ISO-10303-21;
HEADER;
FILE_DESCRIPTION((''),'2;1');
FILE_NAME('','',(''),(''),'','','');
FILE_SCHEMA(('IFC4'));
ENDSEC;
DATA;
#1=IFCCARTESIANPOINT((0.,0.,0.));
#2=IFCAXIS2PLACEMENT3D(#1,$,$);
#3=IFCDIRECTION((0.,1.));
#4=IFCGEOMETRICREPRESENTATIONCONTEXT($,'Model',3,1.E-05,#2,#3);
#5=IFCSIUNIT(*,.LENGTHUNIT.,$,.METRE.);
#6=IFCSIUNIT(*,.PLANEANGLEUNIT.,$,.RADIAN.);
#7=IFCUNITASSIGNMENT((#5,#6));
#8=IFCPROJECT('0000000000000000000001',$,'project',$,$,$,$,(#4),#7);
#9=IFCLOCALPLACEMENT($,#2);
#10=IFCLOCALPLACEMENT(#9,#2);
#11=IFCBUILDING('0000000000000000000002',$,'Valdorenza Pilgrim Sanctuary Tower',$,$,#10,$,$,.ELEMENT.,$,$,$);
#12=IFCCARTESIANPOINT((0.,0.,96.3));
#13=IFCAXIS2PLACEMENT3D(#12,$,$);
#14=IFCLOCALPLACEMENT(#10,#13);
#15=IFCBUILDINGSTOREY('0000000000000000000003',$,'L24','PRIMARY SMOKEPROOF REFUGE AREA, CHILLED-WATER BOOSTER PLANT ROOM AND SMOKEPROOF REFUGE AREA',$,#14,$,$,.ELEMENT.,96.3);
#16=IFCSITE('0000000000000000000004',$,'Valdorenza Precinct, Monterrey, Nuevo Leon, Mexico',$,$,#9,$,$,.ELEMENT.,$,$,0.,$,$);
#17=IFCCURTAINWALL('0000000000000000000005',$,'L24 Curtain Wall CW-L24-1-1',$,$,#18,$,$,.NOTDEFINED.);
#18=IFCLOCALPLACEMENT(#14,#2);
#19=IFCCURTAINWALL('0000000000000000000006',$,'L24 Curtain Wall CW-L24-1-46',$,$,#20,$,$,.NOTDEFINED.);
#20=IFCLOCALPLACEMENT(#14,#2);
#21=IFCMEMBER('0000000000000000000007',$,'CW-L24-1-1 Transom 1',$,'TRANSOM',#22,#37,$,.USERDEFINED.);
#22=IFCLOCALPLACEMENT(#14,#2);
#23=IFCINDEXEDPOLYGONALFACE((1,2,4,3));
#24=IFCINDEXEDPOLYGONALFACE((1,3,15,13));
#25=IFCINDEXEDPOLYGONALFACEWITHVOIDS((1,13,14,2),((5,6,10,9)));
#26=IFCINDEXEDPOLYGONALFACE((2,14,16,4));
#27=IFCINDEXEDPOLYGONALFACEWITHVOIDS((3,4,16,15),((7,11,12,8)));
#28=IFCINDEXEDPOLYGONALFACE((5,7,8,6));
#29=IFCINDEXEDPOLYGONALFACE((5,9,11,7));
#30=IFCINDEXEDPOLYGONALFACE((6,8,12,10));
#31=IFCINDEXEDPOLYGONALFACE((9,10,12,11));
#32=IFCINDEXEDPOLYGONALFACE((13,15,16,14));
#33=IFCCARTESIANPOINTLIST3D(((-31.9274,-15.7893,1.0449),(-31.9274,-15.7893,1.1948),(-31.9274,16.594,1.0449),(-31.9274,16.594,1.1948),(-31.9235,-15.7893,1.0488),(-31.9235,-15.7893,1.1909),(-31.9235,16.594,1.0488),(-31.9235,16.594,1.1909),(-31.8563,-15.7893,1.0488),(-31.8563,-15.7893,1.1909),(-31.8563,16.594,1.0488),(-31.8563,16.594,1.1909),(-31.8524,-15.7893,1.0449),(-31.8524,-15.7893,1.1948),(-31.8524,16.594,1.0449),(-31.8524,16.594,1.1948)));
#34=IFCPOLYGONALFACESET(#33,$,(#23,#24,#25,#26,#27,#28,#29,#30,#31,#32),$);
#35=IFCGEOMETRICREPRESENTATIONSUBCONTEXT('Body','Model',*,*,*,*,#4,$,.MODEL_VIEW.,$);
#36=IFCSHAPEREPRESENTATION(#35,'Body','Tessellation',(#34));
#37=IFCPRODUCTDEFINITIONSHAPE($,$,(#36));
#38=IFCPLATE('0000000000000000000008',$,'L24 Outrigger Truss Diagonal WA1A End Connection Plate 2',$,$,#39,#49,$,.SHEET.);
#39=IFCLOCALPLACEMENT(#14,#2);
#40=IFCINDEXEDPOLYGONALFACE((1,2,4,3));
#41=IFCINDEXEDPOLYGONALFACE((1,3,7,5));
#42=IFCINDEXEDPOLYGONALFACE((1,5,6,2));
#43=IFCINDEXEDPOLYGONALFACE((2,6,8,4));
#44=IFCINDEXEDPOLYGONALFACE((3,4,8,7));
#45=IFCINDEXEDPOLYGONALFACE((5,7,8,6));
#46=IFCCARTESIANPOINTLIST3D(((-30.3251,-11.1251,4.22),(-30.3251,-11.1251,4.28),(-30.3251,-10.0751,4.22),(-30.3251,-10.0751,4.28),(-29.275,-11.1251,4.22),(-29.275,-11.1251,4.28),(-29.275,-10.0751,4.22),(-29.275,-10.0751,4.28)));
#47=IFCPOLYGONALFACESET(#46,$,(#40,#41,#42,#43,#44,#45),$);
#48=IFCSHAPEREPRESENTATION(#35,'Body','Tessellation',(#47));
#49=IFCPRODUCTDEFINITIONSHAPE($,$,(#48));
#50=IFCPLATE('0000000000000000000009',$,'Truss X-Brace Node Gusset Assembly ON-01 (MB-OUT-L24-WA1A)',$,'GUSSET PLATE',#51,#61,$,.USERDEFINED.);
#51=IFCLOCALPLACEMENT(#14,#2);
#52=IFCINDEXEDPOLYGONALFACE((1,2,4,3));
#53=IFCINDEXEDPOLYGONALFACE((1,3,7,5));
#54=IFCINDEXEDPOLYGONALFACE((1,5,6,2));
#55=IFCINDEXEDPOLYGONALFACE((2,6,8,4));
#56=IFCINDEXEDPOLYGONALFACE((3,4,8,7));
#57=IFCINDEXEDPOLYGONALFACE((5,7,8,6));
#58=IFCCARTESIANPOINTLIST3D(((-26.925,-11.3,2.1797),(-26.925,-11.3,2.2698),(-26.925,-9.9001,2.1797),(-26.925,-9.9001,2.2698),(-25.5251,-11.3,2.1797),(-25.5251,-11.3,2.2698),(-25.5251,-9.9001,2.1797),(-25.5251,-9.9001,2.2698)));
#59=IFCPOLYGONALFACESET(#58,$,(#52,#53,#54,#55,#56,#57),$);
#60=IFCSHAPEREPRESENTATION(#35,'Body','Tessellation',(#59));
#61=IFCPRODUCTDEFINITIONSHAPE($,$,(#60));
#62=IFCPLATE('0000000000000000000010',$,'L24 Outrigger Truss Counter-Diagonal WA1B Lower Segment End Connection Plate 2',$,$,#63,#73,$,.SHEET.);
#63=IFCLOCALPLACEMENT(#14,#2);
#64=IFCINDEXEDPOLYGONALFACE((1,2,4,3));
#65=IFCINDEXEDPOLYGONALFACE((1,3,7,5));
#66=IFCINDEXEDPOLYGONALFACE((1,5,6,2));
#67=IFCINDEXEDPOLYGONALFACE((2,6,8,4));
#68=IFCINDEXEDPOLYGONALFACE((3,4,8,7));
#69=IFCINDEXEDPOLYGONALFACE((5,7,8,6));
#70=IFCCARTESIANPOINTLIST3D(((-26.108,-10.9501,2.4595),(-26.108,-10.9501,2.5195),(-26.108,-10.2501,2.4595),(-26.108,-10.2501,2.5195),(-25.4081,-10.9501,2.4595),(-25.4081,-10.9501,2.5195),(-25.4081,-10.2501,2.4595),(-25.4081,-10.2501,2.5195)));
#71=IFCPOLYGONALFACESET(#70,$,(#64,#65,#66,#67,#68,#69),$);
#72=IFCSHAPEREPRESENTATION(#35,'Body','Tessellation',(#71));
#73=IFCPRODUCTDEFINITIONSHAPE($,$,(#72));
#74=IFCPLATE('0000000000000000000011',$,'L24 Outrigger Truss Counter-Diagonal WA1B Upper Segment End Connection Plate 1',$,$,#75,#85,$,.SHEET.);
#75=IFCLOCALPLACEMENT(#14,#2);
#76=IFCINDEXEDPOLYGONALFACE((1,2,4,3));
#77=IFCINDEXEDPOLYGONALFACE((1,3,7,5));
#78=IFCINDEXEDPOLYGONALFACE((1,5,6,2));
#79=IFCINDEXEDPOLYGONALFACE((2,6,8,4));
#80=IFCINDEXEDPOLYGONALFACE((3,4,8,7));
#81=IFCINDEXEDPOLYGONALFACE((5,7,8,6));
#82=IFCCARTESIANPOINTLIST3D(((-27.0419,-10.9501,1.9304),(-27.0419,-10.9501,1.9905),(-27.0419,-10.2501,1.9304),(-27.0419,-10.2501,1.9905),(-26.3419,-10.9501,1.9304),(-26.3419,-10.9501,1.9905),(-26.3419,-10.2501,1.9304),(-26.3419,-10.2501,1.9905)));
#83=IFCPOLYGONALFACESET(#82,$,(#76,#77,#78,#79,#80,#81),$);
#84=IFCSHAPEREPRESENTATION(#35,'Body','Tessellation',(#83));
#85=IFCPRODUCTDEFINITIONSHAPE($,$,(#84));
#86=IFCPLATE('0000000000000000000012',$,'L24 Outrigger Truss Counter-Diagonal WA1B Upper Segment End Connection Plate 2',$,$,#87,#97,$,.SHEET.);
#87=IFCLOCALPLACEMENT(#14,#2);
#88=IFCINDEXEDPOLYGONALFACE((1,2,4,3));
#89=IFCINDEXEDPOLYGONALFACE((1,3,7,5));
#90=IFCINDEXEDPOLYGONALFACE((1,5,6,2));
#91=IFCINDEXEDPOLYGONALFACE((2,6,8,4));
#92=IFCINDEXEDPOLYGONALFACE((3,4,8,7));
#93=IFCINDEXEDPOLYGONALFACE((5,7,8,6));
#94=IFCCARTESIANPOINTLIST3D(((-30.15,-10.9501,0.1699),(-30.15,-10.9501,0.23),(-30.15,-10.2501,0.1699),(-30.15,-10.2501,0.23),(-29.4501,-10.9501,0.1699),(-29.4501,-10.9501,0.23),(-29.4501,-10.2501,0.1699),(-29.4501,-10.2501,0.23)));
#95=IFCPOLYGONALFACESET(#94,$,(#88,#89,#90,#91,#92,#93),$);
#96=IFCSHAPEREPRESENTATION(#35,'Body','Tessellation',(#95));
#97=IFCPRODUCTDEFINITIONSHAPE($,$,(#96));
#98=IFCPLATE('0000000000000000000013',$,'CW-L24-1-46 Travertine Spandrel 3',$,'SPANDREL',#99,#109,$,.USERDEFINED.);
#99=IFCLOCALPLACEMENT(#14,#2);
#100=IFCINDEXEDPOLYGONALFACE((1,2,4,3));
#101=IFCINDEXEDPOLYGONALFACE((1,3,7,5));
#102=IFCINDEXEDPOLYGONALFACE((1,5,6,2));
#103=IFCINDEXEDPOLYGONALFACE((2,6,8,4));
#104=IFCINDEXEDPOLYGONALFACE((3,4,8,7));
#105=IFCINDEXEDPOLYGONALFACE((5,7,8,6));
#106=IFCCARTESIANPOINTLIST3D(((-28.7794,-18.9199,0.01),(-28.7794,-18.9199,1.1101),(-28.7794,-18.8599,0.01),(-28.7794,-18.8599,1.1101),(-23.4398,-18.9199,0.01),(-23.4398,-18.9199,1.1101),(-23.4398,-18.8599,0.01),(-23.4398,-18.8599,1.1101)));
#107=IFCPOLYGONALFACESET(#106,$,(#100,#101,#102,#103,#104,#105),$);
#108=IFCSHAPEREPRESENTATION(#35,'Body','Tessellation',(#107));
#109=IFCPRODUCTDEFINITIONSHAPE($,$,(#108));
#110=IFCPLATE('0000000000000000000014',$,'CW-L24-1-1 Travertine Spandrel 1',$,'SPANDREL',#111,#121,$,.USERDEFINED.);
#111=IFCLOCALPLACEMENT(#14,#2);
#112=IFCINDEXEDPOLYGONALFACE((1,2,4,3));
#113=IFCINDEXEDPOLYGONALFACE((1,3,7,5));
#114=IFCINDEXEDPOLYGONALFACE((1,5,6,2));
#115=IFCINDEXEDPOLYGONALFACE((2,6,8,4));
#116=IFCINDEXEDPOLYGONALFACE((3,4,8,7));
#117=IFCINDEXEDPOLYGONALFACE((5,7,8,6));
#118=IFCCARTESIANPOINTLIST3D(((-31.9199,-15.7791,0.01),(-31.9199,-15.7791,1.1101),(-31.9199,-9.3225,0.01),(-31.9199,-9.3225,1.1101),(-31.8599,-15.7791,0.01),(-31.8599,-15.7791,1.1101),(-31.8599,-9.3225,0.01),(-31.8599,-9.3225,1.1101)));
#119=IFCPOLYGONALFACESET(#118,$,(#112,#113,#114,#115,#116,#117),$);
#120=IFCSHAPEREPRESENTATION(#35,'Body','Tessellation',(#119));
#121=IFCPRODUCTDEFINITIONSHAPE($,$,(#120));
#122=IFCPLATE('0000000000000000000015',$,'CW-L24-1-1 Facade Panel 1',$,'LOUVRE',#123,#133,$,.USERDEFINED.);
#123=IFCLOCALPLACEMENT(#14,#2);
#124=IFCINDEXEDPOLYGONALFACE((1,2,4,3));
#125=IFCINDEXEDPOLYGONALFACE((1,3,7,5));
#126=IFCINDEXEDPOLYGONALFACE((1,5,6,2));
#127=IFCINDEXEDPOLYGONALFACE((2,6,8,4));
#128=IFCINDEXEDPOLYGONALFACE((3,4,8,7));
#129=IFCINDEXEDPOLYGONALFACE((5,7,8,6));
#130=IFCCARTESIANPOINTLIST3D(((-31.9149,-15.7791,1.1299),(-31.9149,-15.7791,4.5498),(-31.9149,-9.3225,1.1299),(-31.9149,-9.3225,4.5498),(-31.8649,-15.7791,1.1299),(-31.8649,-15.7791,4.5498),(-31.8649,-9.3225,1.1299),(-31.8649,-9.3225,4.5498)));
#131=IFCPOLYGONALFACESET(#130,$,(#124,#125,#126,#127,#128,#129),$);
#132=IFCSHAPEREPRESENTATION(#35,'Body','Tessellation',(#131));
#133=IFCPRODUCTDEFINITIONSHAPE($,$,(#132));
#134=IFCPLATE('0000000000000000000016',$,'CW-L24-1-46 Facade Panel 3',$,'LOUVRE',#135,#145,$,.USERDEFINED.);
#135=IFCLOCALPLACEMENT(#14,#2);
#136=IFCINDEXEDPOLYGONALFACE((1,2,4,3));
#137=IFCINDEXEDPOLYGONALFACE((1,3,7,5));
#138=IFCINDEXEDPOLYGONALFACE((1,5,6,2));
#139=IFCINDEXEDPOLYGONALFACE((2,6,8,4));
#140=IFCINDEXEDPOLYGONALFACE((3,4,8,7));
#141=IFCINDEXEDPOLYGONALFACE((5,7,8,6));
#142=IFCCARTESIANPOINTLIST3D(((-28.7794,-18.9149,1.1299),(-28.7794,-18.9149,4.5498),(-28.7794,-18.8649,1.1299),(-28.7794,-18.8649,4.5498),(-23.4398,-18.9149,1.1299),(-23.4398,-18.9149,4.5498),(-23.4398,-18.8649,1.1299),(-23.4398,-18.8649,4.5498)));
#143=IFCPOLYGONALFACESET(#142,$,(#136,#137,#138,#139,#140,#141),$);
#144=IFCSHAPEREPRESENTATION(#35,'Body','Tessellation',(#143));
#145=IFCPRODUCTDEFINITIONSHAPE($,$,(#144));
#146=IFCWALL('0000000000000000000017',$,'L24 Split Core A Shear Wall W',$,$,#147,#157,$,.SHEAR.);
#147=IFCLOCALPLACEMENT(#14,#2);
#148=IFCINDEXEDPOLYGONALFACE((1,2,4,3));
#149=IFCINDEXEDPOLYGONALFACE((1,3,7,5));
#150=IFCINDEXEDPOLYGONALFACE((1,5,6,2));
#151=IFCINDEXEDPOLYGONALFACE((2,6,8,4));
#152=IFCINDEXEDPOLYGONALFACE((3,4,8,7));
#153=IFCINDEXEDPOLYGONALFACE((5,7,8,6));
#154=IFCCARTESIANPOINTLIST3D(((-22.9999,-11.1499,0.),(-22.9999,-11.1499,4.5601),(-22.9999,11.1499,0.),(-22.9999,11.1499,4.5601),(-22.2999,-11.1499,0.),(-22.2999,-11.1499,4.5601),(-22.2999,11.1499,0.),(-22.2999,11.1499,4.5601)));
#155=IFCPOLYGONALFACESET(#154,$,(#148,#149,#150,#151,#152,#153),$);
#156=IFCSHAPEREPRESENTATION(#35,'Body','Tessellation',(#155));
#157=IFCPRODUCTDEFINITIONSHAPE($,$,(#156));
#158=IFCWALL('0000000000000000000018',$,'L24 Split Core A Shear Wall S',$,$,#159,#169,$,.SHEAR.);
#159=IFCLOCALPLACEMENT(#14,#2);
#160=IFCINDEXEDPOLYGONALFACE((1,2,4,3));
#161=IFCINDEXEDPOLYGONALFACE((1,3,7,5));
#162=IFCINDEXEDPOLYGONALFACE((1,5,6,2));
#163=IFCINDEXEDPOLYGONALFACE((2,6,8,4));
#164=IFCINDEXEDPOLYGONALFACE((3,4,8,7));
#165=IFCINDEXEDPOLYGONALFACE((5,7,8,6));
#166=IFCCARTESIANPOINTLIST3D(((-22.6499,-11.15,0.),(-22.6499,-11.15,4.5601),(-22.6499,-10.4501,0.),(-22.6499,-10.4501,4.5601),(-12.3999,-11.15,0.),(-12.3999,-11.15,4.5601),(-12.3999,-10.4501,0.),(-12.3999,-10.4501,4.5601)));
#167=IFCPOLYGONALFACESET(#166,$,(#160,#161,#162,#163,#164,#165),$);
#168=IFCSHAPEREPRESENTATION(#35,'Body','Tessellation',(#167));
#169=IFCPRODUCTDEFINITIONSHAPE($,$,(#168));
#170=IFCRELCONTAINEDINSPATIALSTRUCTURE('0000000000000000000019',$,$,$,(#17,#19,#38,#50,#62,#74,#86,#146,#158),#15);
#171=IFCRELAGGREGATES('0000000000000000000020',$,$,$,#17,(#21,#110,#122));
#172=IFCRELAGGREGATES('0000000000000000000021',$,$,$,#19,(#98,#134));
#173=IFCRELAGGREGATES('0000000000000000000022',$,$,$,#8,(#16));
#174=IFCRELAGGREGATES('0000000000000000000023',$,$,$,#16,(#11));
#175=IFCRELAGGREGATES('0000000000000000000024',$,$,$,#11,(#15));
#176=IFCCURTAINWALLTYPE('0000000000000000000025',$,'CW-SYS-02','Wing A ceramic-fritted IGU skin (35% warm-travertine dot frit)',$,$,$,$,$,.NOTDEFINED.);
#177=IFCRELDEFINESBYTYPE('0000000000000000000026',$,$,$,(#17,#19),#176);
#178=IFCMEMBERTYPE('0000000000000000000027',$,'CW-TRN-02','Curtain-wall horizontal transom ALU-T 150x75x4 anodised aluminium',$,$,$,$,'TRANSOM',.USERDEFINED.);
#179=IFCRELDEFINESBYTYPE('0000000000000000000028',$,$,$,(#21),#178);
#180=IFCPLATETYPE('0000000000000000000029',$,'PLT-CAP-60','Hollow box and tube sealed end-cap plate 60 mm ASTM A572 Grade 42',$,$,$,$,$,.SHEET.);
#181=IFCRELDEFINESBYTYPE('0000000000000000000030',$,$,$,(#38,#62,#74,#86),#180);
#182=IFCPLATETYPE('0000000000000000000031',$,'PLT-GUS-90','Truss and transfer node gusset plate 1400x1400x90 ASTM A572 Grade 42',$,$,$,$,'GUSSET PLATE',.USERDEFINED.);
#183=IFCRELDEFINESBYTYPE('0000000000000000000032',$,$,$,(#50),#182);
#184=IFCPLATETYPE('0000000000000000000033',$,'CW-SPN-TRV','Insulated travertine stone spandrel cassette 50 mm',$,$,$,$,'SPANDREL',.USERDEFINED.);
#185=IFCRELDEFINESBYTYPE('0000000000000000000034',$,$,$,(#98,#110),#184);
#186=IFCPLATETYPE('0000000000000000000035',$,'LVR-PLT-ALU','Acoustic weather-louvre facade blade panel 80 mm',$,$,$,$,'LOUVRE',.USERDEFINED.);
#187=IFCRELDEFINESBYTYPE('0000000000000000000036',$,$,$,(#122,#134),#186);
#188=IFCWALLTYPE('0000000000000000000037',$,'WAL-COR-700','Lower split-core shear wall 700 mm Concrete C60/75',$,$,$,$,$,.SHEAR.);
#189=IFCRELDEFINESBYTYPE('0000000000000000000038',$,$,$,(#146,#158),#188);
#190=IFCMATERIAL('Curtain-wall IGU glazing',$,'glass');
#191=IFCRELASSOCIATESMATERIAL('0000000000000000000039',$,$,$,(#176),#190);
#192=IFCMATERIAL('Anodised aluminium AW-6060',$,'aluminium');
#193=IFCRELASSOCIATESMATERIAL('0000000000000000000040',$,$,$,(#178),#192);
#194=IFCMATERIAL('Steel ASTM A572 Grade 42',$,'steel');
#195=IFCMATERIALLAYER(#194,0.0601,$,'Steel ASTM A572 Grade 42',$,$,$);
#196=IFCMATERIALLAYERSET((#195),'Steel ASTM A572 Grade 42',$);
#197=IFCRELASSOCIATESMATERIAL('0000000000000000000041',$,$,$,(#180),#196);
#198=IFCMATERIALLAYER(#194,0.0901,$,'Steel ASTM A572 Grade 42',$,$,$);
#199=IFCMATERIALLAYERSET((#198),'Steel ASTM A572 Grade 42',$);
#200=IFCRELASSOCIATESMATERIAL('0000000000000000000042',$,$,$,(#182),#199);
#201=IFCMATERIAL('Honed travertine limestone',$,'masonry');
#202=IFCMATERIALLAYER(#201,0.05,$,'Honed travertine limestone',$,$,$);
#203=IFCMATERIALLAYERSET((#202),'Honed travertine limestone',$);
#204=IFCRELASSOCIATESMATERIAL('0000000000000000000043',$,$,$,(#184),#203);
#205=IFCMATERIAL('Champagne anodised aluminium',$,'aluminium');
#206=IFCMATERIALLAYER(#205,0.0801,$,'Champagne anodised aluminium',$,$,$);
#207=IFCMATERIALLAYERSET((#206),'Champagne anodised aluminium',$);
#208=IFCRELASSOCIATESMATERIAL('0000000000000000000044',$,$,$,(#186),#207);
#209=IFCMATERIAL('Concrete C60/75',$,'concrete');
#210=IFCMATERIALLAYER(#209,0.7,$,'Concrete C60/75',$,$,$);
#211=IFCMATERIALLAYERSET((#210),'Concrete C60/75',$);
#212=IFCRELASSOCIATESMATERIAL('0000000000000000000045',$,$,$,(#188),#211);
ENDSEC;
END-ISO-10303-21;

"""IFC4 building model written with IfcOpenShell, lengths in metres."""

from ifc_helpers import new_model, si_unit, direction, frame, frame_2d, origin, origin_2d, place, context, subcontext, project, spatial, rectangle, hollow_rectangle, extrude, source, transform, mapped, material, layer, layer_set, material_profile, profile_set, type_object, element, aggregate, save


model = new_model("IFC4")

# Units and contexts
model_context = context("Model", 3, precision=1e-05, world=origin(), true_north=direction((0.0, 1.0)))
body_context = subcontext(model_context, "Body", "Model", "MODEL_VIEW")
ifc_project = project(units=[si_unit("LENGTHUNIT", "METRE"), si_unit("PLANEANGLEUNIT", "RADIAN")], contexts=[model_context])

# Site, building, storey
site_placement = place(None, origin())
site = spatial("IfcSite", under=ifc_project, at=site_placement, Name="Valdorenza Precinct, Monterrey, Nuevo Leon, Mexico", CompositionType="ELEMENT", RefElevation=0.0)
building_placement = place(site_placement, origin())
building = spatial("IfcBuilding", under=site, at=building_placement, Name="Valdorenza Pilgrim Sanctuary Tower", CompositionType="ELEMENT")
storey_placement = place(building_placement, frame((0.0, 0.0, 96.3)))
storey = spatial("IfcBuildingStorey", under=building, at=storey_placement, Name="L24", Description="PRIMARY SMOKEPROOF REFUGE AREA, CHILLED-WATER BOOSTER PLANT ROOM AND SMOKEPROOF REFUGE AREA", CompositionType="ELEMENT", Elevation=96.3)

# Shared definitions
ifc_material_1 = material(Name="Concrete C60/75", Category="concrete")

# Shared definitions
ifc_material_2 = material(Name="Steel ASTM A572 Grade 42", Category="steel")

# Curtain wall
ifc_material_3 = material(Name="Curtain-wall IGU glazing", Category="glass")
curtain_wall_type = type_object("IfcCurtainWallType", Name="CW-SYS-02", Description="Wing A ceramic-fritted IGU skin (35% warm-travertine dot frit)", PredefinedType="NOTDEFINED", material=ifc_material_3)
curtain_wall_1_placement = place(storey_placement, origin())
curtain_wall_1 = element("IfcCurtainWall", 1, at=curtain_wall_1_placement, inside=storey, type_object=curtain_wall_type, Name="L24 Curtain Wall CW-L24-1-1", PredefinedType="NOTDEFINED")
ifc_material_4 = material(Name="Anodised aluminium AW-6060", Category="aluminium")

# Curtain wall
curtain_wall_2_placement = place(storey_placement, origin())
curtain_wall_2 = element("IfcCurtainWall", 2, at=curtain_wall_2_placement, inside=storey, type_object=curtain_wall_type, Name="L24 Curtain Wall CW-L24-1-46", PredefinedType="NOTDEFINED")

# Member
ifc_material_profile_1 = material_profile(ifc_material_4, hollow_rectangle(XDim=0.075, YDim=0.1499, WallThickness=0.0039, at=origin_2d()), Name="ALU-T 150x75x4")
ifc_profile_set_1 = profile_set([ifc_material_profile_1], Name="Anodised aluminium AW-6060")
member_type_1 = type_object("IfcMemberType", Name="CW-TRN-02", Description="Curtain-wall horizontal transom ALU-T 150x75x4 anodised aluminium", ElementType="TRANSOM", PredefinedType="USERDEFINED", material=ifc_profile_set_1)
shared_shape_1 = source(origin(), body_context, "Body", "SweptSolid", [
    extrude(hollow_rectangle(XDim=0.075, YDim=0.1499, WallThickness=0.0039, at=origin_2d()), origin(), (0.0, 0.0, 1.0), 32.3833),
])
member_1_placement = place(storey_placement, frame((-31.8899, -15.7893, 1.1199), z_axis=(0.0, 1.0, 0.0), x_axis=(-1.0, 0.0, 0.0)))
member_1 = element("IfcMember", 3, at=member_1_placement, type_object=member_type_1, Name="CW-L24-1-1 Transom 1", ObjectType="TRANSOM", PredefinedType="USERDEFINED", context=body_context, shape_type="MappedRepresentation", body=[
    mapped(shared_shape_1, transform((0.0, 0.0, 0.0), x_axis=(1.0, 0.0, 0.0), y_axis=(0.0, 1.0, 0.0), z_axis=(0.0, 0.0, 1.0), scale=1.0)),
])

# Plates
ifc_layer_1 = layer(ifc_material_2, 0.0601, Name="Steel ASTM A572 Grade 42")
ifc_layer_set_1 = layer_set([ifc_layer_1], Name="Steel ASTM A572 Grade 42")
plate_type_1 = type_object("IfcPlateType", Name="PLT-CAP-60", Description="Hollow box and tube sealed end-cap plate 60 mm ASTM A572 Grade 42", PredefinedType="SHEET", material=ifc_layer_set_1)
shared_shape_2 = source(origin(), body_context, "Body", "SweptSolid", [
    extrude(rectangle(XDim=1.05, YDim=1.05, at=origin_2d()), origin(), (0.0, 0.0, 1.0), 0.0601),
])
plate_1_placement = place(storey_placement, frame((-29.8, -10.6001, 4.22), z_axis=(0.0, 0.0, 1.0), x_axis=(1.0, 0.0, 0.0)))
element("IfcPlate", 4, at=plate_1_placement, inside=storey, type_object=plate_type_1, Name="L24 Outrigger Truss Diagonal WA1A End Connection Plate 2", PredefinedType="SHEET", context=body_context, shape_type="MappedRepresentation", body=[
    mapped(shared_shape_2, transform((0.0, 0.0, 0.0), x_axis=(1.0, 0.0, 0.0), y_axis=(0.0, 1.0, 0.0), z_axis=(0.0, 0.0, 1.0), scale=1.0)),
])
ifc_layer_2 = layer(ifc_material_2, 0.0901, Name="Steel ASTM A572 Grade 42")
ifc_layer_set_2 = layer_set([ifc_layer_2], Name="Steel ASTM A572 Grade 42")
plate_type_2 = type_object("IfcPlateType", Name="PLT-GUS-90", Description="Truss and transfer node gusset plate 1400x1400x90 ASTM A572 Grade 42", ElementType="GUSSET PLATE", PredefinedType="USERDEFINED", material=ifc_layer_set_2)
shared_shape_3 = source(origin(), body_context, "Body", "SweptSolid", [
    extrude(rectangle(XDim=1.3999, YDim=1.3999, at=origin_2d()), origin(), (0.0, 0.0, 1.0), 0.0901),
])
plate_2_placement = place(storey_placement, frame((-26.2251, -10.6001, 2.1797), z_axis=(0.0, 0.0, 1.0), x_axis=(1.0, 0.0, 0.0)))
element("IfcPlate", 5, at=plate_2_placement, inside=storey, type_object=plate_type_2, Name="Truss X-Brace Node Gusset Assembly ON-01 (MB-OUT-L24-WA1A)", ObjectType="GUSSET PLATE", PredefinedType="USERDEFINED", context=body_context, shape_type="MappedRepresentation", body=[
    mapped(shared_shape_3, transform((0.0, 0.0, 0.0), x_axis=(1.0, 0.0, 0.0), y_axis=(0.0, 1.0, 0.0), z_axis=(0.0, 0.0, 1.0), scale=1.0)),
])
shared_shape_4 = source(origin(), body_context, "Body", "SweptSolid", [
    extrude(rectangle(XDim=0.7, YDim=0.7, at=origin_2d()), origin(), (0.0, 0.0, 1.0), 0.0601),
])
for number, where, z_axis, x_axis, name in (
    (6, (-25.7581, -10.6001, 2.4595), (0.0, 0.0, 1.0), (1.0, 0.0, 0.0), "L24 Outrigger Truss Counter-Diagonal WA1B Lower Segment End Connection Plate 2"),
    (7, (-26.6919, -10.6001, 1.9304), (0.0, 0.0, 1.0), (1.0, 0.0, 0.0), "L24 Outrigger Truss Counter-Diagonal WA1B Upper Segment End Connection Plate 1"),
    (8, (-29.8, -10.6001, 0.1699), (0.0, 0.0, 1.0), (1.0, 0.0, 0.0), "L24 Outrigger Truss Counter-Diagonal WA1B Upper Segment End Connection Plate 2"),
):
    element("IfcPlate", number, at=place(storey_placement, frame(where, z_axis=z_axis, x_axis=x_axis)), inside=storey, type_object=plate_type_1, Name=name, PredefinedType="SHEET", context=body_context, shape_type="MappedRepresentation", body=[
        mapped(shared_shape_4, transform((0.0, 0.0, 0.0), x_axis=(1.0, 0.0, 0.0), y_axis=(0.0, 1.0, 0.0), z_axis=(0.0, 0.0, 1.0), scale=1.0)),
    ])

# Plates
ifc_material_5 = material(Name="Honed travertine limestone", Category="masonry")
ifc_layer_3 = layer(ifc_material_5, 0.05, Name="Honed travertine limestone")
ifc_layer_set_3 = layer_set([ifc_layer_3], Name="Honed travertine limestone")
plate_type_3 = type_object("IfcPlateType", Name="CW-SPN-TRV", Description="Insulated travertine stone spandrel cassette 50 mm", ElementType="SPANDREL", PredefinedType="USERDEFINED", material=ifc_layer_set_3)
shared_shape_5 = source(origin(), body_context, "Body", "SweptSolid", [
    extrude(rectangle(XDim=5.3396, YDim=0.0601, at=origin_2d()), origin(), (0.0, 0.0, 1.0), 1.1001),
])
plate_3_placement = place(storey_placement, frame((-26.1096, -18.8899, 0.01), z_axis=(0.0, 0.0, 1.0), x_axis=(-1.0, 0.0, 0.0)))
plate_3 = element("IfcPlate", 9, at=plate_3_placement, type_object=plate_type_3, Name="CW-L24-1-46 Travertine Spandrel 3", ObjectType="SPANDREL", PredefinedType="USERDEFINED", context=body_context, shape_type="MappedRepresentation", body=[
    mapped(shared_shape_5, transform((0.0, 0.0, 0.0), x_axis=(1.0, 0.0, 0.0), y_axis=(0.0, 1.0, 0.0), z_axis=(0.0, 0.0, 1.0), scale=1.0)),
])
shared_shape_6 = source(origin(), body_context, "Body", "SweptSolid", [
    extrude(rectangle(XDim=6.4565, YDim=0.0601, at=origin_2d()), origin(), (0.0, 0.0, 1.0), 1.1001),
])
plate_4_placement = place(storey_placement, frame((-31.8899, -12.5508, 0.01), z_axis=(0.0, 0.0, 1.0), x_axis=(0.0, 1.0, 0.0)))
plate_4 = element("IfcPlate", 10, at=plate_4_placement, type_object=plate_type_3, Name="CW-L24-1-1 Travertine Spandrel 1", ObjectType="SPANDREL", PredefinedType="USERDEFINED", context=body_context, shape_type="MappedRepresentation", body=[
    mapped(shared_shape_6, transform((0.0, 0.0, 0.0), x_axis=(1.0, 0.0, 0.0), y_axis=(0.0, 1.0, 0.0), z_axis=(0.0, 0.0, 1.0), scale=1.0)),
])
ifc_material_6 = material(Name="Champagne anodised aluminium", Category="aluminium")
ifc_layer_4 = layer(ifc_material_6, 0.0801, Name="Champagne anodised aluminium")
ifc_layer_set_4 = layer_set([ifc_layer_4], Name="Champagne anodised aluminium")
plate_type_4 = type_object("IfcPlateType", Name="LVR-PLT-ALU", Description="Acoustic weather-louvre facade blade panel 80 mm", ElementType="LOUVRE", PredefinedType="USERDEFINED", material=ifc_layer_set_4)
shared_shape_7 = source(origin(), body_context, "Body", "SweptSolid", [
    extrude(rectangle(XDim=6.4565, YDim=0.05, at=origin_2d()), origin(), (0.0, 0.0, 1.0), 3.4199),
])
plate_5_placement = place(storey_placement, frame((-31.8899, -12.5508, 1.1299), z_axis=(0.0, 0.0, 1.0), x_axis=(0.0, 1.0, 0.0)))
plate_5 = element("IfcPlate", 11, at=plate_5_placement, type_object=plate_type_4, Name="CW-L24-1-1 Facade Panel 1", ObjectType="LOUVRE", PredefinedType="USERDEFINED", context=body_context, shape_type="MappedRepresentation", body=[
    mapped(shared_shape_7, transform((0.0, 0.0, 0.0), x_axis=(1.0, 0.0, 0.0), y_axis=(0.0, 1.0, 0.0), z_axis=(0.0, 0.0, 1.0), scale=1.0)),
])
aggregate(curtain_wall_1, [member_1, plate_4, plate_5])
shared_shape_8 = source(origin(), body_context, "Body", "SweptSolid", [
    extrude(rectangle(XDim=5.3396, YDim=0.05, at=origin_2d()), origin(), (0.0, 0.0, 1.0), 3.4199),
])
plate_6_placement = place(storey_placement, frame((-26.1096, -18.8899, 1.1299), z_axis=(0.0, 0.0, 1.0), x_axis=(-1.0, 0.0, 0.0)))
plate_6 = element("IfcPlate", 12, at=plate_6_placement, type_object=plate_type_4, Name="CW-L24-1-46 Facade Panel 3", ObjectType="LOUVRE", PredefinedType="USERDEFINED", context=body_context, shape_type="MappedRepresentation", body=[
    mapped(shared_shape_8, transform((0.0, 0.0, 0.0), x_axis=(1.0, 0.0, 0.0), y_axis=(0.0, 1.0, 0.0), z_axis=(0.0, 0.0, 1.0), scale=1.0)),
])
aggregate(curtain_wall_2, [plate_3, plate_6])

# Walls
ifc_layer_5 = layer(ifc_material_1, 0.7, Name="Concrete C60/75")
ifc_layer_set_5 = layer_set([ifc_layer_5], Name="Concrete C60/75")
wall_type_1 = type_object("IfcWallType", Name="WAL-COR-700", Description="Lower split-core shear wall 700 mm Concrete C60/75", PredefinedType="SHEAR", material=ifc_layer_set_5)
wall_1_placement = place(storey_placement, frame((-22.6499, -11.1499, 0.0), z_axis=(0.0, 0.0, 1.0), x_axis=(0.0, 1.0, 0.0)))
element("IfcWall", 13, at=wall_1_placement, inside=storey, type_object=wall_type_1, Name="L24 Split Core A Shear Wall W", PredefinedType="SHEAR", context=body_context, shape_type="SweptSolid", body=[
    extrude(rectangle(XDim=22.2998, YDim=0.7, at=frame_2d((11.1499, 0.0))), origin(), (0.0, 0.0, 1.0), 4.5601),
])
wall_2_placement = place(storey_placement, frame((-22.6499, -10.8, 0.0), z_axis=(0.0, 0.0, 1.0), x_axis=(1.0, 0.0, 0.0)))
element("IfcWall", 14, at=wall_2_placement, inside=storey, type_object=wall_type_1, Name="L24 Split Core A Shear Wall S", PredefinedType="SHEAR", context=body_context, shape_type="SweptSolid", body=[
    extrude(rectangle(XDim=10.25, YDim=0.7, at=frame_2d((5.125, 0.0))), origin(), (0.0, 0.0, 1.0), 4.5601),
])

save(model, "model.ifc")
